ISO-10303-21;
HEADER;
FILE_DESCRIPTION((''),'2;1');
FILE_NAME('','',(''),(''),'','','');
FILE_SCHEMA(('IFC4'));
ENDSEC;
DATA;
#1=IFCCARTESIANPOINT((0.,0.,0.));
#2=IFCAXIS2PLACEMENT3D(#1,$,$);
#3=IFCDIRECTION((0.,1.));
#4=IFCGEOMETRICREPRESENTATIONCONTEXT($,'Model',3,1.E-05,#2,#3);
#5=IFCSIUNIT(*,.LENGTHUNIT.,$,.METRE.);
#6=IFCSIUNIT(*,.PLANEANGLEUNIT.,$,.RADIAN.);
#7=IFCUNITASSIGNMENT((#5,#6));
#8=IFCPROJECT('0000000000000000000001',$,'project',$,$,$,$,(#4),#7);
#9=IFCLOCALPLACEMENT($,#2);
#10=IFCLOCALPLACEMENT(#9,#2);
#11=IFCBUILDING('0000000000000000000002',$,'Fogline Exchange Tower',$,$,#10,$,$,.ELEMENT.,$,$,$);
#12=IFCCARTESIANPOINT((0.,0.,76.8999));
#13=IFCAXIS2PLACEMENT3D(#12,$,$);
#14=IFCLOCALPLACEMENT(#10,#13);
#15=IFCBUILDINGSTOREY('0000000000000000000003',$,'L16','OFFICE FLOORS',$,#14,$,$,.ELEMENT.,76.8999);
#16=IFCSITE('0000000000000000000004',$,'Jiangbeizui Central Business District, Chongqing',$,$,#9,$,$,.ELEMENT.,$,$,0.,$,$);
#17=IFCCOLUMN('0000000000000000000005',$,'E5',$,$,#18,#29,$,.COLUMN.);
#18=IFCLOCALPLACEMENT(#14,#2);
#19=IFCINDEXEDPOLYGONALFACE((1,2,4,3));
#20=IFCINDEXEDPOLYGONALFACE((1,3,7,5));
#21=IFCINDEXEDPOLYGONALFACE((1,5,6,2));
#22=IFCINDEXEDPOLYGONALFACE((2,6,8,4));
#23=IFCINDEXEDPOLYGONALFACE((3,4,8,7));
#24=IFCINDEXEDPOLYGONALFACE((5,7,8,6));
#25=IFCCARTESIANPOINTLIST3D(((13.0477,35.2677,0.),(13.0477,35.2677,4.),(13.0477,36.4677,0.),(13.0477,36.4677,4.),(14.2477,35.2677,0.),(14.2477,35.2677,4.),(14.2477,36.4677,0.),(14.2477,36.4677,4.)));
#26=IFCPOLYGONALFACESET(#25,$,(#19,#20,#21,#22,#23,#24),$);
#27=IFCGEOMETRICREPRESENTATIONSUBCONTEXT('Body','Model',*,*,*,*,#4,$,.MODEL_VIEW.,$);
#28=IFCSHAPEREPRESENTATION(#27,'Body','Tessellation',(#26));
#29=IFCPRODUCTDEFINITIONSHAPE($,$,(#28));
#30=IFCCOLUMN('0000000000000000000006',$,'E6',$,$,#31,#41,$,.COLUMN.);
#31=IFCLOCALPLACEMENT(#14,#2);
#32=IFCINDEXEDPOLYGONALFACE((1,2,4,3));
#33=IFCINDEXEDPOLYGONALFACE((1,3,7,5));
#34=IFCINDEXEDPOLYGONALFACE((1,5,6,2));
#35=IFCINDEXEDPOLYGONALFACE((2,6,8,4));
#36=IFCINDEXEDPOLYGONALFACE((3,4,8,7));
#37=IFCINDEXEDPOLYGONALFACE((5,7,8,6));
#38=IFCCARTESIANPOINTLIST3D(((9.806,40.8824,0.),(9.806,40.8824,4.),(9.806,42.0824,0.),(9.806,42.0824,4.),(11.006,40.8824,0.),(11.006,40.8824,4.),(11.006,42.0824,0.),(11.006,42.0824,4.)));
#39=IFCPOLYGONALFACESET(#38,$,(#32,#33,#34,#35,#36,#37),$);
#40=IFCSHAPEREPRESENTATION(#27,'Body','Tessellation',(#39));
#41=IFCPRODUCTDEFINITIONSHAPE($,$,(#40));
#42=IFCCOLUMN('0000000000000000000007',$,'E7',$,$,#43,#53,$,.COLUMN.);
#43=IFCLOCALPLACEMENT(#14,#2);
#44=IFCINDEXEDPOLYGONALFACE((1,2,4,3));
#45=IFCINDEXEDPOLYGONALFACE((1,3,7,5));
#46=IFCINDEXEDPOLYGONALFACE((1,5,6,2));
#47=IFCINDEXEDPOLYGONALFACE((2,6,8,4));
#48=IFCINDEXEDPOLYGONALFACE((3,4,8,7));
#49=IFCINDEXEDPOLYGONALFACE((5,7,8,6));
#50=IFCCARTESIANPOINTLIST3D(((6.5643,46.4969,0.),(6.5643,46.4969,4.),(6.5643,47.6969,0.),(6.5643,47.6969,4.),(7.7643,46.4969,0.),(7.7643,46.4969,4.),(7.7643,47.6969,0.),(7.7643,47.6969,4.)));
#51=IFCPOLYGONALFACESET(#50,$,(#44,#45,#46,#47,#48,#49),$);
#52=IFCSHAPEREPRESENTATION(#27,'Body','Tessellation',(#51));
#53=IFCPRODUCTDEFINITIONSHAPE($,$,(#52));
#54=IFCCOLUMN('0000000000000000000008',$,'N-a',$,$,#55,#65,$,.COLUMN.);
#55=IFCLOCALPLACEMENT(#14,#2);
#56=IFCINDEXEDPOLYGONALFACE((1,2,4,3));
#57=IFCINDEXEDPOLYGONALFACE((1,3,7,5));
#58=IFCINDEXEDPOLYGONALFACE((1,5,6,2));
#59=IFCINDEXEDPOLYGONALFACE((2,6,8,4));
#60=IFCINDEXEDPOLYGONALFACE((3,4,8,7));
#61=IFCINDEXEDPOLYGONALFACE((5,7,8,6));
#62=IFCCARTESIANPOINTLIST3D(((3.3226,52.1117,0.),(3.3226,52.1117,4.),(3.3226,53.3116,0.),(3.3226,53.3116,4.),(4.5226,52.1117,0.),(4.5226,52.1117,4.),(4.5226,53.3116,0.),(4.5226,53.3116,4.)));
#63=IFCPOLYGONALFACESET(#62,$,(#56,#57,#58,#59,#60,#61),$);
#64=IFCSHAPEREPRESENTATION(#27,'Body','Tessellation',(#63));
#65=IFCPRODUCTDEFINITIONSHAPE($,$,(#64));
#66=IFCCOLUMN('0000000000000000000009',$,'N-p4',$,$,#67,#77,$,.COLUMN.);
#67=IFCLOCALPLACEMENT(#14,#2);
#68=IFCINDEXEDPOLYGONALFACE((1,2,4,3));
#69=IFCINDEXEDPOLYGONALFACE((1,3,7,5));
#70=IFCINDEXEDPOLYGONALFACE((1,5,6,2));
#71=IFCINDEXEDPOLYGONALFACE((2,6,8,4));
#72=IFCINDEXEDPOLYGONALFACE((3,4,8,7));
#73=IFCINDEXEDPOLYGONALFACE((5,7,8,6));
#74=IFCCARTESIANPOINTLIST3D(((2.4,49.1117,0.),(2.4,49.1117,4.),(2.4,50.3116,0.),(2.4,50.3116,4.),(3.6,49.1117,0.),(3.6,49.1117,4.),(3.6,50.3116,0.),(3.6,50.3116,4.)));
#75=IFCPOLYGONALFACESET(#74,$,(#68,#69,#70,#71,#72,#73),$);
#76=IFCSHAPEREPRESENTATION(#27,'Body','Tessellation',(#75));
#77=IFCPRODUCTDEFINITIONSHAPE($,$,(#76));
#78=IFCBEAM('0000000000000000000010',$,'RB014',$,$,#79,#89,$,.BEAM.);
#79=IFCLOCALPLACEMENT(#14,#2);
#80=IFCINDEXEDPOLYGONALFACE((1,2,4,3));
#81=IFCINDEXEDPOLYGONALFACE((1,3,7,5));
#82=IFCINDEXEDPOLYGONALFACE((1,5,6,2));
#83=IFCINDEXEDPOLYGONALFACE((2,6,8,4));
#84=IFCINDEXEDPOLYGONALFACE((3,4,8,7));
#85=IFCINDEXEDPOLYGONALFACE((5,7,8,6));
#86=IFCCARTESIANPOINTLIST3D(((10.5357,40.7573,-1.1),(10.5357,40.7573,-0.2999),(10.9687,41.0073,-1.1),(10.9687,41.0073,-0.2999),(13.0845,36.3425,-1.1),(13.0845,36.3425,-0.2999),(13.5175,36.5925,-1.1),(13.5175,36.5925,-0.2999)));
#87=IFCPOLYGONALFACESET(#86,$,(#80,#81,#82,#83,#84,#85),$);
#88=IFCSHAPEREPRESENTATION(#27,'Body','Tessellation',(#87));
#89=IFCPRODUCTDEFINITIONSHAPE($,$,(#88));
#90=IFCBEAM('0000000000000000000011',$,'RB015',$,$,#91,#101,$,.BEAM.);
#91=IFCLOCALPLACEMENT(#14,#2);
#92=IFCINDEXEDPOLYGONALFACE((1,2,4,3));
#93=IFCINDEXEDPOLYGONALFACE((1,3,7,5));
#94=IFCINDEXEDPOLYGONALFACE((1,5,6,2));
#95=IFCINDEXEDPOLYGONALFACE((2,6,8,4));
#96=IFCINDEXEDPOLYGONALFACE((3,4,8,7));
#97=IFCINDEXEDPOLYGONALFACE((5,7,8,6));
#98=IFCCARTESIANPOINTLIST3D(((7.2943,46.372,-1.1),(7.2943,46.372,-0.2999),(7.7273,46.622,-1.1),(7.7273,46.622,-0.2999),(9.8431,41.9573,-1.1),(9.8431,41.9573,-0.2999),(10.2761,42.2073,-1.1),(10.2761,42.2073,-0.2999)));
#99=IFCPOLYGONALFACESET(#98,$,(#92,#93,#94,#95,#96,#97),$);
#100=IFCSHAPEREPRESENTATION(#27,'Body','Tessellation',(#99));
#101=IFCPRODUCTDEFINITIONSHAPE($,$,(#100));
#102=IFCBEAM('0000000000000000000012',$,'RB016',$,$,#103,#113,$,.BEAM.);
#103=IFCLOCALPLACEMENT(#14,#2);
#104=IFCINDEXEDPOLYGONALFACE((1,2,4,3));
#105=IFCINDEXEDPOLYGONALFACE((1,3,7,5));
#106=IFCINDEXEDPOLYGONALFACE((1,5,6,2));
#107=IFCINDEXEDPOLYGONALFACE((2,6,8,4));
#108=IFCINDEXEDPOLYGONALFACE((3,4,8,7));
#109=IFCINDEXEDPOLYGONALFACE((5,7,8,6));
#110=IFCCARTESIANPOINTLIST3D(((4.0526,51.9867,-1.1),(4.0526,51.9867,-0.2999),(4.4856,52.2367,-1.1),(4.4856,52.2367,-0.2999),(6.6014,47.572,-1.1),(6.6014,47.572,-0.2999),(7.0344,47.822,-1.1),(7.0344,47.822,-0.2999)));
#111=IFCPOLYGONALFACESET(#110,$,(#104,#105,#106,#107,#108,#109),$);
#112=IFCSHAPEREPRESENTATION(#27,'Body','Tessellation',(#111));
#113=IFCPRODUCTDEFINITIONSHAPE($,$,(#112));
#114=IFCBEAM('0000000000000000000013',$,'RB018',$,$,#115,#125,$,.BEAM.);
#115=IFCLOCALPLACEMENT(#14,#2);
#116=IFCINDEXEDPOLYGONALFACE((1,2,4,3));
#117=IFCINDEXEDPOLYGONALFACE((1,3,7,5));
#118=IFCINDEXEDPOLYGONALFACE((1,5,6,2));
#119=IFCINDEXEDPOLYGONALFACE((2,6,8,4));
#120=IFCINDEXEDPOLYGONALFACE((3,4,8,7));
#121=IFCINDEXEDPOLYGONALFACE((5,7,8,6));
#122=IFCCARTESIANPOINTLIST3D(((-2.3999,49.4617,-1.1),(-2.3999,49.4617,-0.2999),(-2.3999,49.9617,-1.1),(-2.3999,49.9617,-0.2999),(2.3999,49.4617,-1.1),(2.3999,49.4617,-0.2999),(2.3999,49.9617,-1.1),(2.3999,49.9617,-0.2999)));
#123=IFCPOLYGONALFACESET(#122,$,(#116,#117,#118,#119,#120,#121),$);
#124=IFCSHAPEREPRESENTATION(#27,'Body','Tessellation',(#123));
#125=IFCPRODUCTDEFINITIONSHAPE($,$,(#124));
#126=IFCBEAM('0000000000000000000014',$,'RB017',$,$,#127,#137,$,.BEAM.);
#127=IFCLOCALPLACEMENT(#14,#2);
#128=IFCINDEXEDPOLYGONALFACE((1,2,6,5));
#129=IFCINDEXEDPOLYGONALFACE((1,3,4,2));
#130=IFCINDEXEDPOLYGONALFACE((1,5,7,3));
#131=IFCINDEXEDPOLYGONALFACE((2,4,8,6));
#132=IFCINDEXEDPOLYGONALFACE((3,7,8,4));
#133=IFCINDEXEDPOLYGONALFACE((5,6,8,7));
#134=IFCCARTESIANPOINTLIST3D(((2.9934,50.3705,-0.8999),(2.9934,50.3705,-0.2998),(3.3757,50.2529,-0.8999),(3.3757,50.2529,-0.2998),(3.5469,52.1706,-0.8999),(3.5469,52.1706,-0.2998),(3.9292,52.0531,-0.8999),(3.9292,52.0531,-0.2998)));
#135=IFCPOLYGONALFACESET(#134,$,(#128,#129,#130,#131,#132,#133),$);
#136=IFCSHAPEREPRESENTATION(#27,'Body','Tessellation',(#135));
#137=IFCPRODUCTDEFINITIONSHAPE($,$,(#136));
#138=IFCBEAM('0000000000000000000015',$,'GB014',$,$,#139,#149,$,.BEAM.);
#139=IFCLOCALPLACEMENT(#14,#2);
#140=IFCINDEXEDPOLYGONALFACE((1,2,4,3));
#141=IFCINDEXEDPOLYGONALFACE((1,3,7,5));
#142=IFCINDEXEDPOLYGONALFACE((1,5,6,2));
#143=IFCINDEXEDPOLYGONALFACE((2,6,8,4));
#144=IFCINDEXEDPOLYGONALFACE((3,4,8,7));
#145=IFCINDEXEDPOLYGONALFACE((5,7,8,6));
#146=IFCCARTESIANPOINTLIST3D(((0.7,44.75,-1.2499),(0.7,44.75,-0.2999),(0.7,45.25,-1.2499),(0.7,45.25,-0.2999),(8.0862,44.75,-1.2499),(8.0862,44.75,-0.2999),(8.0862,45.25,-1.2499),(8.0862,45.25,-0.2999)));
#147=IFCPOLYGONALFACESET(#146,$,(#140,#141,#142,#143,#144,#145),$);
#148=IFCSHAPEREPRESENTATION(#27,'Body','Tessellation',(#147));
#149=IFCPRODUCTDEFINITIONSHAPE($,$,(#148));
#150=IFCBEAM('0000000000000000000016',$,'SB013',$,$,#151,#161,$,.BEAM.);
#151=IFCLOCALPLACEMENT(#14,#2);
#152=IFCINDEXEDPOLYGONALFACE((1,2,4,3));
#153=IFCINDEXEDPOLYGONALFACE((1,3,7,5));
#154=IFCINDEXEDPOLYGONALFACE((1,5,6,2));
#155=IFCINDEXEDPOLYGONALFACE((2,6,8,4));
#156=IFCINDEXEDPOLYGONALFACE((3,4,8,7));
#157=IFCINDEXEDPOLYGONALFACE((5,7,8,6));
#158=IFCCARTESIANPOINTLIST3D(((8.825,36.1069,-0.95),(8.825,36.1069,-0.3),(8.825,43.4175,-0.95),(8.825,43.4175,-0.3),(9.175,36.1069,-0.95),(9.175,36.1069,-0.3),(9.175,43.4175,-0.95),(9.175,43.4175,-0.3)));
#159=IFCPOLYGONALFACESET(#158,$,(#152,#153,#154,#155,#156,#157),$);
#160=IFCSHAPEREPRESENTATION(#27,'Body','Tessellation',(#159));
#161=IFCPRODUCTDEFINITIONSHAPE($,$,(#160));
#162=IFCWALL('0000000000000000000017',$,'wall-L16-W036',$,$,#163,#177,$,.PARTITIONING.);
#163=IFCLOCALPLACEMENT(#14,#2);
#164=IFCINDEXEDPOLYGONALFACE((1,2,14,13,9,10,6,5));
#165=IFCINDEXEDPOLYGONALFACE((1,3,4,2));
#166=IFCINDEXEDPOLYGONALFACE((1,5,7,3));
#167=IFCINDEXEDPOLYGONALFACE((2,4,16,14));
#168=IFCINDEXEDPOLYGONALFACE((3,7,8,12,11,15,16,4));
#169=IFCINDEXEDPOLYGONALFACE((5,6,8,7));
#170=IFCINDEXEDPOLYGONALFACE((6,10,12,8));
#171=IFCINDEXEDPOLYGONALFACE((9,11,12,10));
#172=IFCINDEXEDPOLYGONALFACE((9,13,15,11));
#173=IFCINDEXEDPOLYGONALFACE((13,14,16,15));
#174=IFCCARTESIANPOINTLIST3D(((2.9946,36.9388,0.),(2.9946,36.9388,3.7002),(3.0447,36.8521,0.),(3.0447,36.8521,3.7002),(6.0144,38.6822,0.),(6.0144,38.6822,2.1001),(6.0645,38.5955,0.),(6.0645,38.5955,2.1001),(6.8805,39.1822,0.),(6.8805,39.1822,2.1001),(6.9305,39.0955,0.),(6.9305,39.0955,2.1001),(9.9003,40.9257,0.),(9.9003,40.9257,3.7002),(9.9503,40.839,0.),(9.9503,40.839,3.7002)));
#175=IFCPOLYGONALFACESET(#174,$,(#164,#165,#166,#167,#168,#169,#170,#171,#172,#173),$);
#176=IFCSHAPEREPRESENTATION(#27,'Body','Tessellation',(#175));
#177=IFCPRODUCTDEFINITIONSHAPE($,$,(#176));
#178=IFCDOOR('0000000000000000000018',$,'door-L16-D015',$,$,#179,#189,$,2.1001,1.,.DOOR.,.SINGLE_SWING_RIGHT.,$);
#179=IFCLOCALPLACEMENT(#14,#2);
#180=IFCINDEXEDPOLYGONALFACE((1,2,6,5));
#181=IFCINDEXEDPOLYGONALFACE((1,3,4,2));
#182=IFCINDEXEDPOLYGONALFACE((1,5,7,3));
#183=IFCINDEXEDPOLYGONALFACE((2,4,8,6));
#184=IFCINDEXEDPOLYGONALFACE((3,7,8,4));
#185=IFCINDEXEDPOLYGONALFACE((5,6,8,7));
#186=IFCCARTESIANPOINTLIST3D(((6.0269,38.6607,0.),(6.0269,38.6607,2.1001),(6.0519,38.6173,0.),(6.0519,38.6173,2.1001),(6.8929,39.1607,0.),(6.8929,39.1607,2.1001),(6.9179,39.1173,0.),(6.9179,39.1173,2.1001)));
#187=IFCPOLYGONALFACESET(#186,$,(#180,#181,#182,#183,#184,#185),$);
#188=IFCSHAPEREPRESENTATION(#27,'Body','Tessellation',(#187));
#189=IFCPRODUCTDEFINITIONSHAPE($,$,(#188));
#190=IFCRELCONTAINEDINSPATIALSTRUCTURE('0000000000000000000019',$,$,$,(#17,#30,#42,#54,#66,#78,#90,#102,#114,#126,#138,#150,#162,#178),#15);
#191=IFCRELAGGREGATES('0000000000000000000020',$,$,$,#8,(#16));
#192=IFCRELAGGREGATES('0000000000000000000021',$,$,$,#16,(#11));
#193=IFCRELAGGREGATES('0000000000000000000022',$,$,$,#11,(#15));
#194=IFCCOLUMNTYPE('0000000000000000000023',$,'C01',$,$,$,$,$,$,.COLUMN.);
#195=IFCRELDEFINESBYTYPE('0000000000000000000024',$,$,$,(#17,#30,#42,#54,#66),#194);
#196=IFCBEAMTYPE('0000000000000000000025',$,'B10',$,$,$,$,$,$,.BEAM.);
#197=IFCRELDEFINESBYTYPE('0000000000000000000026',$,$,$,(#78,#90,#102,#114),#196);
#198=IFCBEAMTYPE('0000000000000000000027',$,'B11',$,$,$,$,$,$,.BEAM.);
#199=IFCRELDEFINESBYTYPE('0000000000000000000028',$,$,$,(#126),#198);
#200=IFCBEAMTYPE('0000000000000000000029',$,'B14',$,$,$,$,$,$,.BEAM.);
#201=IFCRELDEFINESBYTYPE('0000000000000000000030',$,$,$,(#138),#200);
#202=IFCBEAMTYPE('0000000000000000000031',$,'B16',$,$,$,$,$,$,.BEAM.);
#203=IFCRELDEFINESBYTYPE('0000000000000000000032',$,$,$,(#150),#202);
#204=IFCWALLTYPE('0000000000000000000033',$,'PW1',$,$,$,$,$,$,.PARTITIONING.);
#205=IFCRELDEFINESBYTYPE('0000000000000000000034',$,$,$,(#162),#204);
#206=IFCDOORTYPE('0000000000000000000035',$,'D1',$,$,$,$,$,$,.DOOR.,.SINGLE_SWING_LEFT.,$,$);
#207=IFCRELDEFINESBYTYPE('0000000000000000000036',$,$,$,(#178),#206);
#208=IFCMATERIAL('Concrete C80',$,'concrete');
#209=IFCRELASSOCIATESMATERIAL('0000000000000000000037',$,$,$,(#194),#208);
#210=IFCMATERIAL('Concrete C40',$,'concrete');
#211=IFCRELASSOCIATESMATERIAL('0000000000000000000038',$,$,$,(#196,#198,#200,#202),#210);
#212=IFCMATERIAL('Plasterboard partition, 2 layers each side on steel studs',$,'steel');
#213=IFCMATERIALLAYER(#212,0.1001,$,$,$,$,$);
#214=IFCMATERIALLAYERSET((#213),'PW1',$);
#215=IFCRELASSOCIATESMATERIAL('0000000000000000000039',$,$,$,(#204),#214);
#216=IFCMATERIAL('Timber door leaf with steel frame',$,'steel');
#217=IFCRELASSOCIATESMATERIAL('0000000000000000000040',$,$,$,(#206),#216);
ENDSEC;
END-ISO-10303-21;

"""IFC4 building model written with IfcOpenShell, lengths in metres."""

from ifc_helpers import new_model, si_unit, direction, frame, frame_2d, origin, origin_2d, place, context, subcontext, project, spatial, rectangle, extrude, material, layer, layer_set, material_profile, profile_set, type_object, element, fill, save


model = new_model("IFC4")

# Units and contexts
model_context = context("Model", 3, precision=1e-05, world=origin(), true_north=direction((0.0, 1.0)))
body_context = subcontext(model_context, "Body", "Model", "MODEL_VIEW")
ifc_project = project(units=[si_unit("LENGTHUNIT", "METRE"), si_unit("PLANEANGLEUNIT", "RADIAN")], contexts=[model_context])

# Site, building, storey
site_placement = place(None, origin())
site = spatial("IfcSite", under=ifc_project, at=site_placement, Name="Jiangbeizui Central Business District, Chongqing", CompositionType="ELEMENT", RefElevation=0.0)
building_placement = place(site_placement, origin())
building = spatial("IfcBuilding", under=site, at=building_placement, Name="Fogline Exchange Tower", CompositionType="ELEMENT")
storey_placement = place(building_placement, frame((0.0, 0.0, 76.8999)))
storey = spatial("IfcBuildingStorey", under=building, at=storey_placement, Name="L16", Description="OFFICE FLOORS", CompositionType="ELEMENT", Elevation=76.8999)

# Columns
ifc_material_1 = material(Name="Concrete C80", Category="concrete")
ifc_material_profile_1 = material_profile(ifc_material_1, rectangle(XDim=1.2, YDim=1.2, at=origin_2d()), Name="RC 1200x1200")
ifc_profile_set_1 = profile_set([ifc_material_profile_1], Name="Concrete C80")
column_type = type_object("IfcColumnType", Name="C01", PredefinedType="COLUMN", material=ifc_profile_set_1)
for number, where, z_axis, x_axis, name in (
    (1, (13.6477, 35.8677, 0.0), (0.0, 0.0, 1.0), (1.0, 0.0, 0.0), "E5"),
    (2, (10.406, 41.4824, 0.0), (0.0, 0.0, 1.0), (1.0, 0.0, 0.0), "E6"),
    (3, (7.1643, 47.0969, 0.0), (0.0, 0.0, 1.0), (1.0, 0.0, 0.0), "E7"),
    (4, (3.9226, 52.7117, 0.0), (0.0, 0.0, 1.0), (1.0, 0.0, 0.0), "N-a"),
    (5, (3.0, 49.7117, 0.0), (0.0, 0.0, 1.0), (1.0, 0.0, 0.0), "N-p4"),
):
    element("IfcColumn", number, at=place(storey_placement, frame(where, z_axis=z_axis, x_axis=x_axis)), inside=storey, type_object=column_type, Name=name, PredefinedType="COLUMN", context=body_context, shape_type="SweptSolid", body=[
        extrude(rectangle(XDim=1.2, YDim=1.2, at=origin_2d()), origin(), (0.0, 0.0, 1.0), 4.0),
    ])

# Beams
ifc_material_2 = material(Name="Concrete C40", Category="concrete")
ifc_material_profile_2 = material_profile(ifc_material_2, rectangle(XDim=0.5, YDim=0.8, at=origin_2d()), Name="RC 500x800")
ifc_profile_set_2 = profile_set([ifc_material_profile_2], Name="Concrete C40")
beam_type_1 = type_object("IfcBeamType", Name="B10", PredefinedType="BEAM", material=ifc_profile_set_2)
for number, where, z_axis, x_axis, name in (
    (6, (13.301, 36.4675, -0.7), (-0.499992, 0.86603, 0.0), (-0.86603, -0.499992, 0.0), "RB014"),
    (7, (10.0596, 42.0823, -0.7), (-0.499992, 0.86603, 0.0), (-0.86603, -0.499992, 0.0), "RB015"),
    (8, (6.8179, 47.697, -0.7), (-0.499992, 0.86603, 0.0), (-0.86603, -0.499992, 0.0), "RB016"),
):
    element("IfcBeam", number, at=place(storey_placement, frame(where, z_axis=z_axis, x_axis=x_axis)), inside=storey, type_object=beam_type_1, Name=name, PredefinedType="BEAM", context=body_context, shape_type="SweptSolid", body=[
        extrude(rectangle(XDim=0.5, YDim=0.8, at=origin_2d()), origin(), (0.0, 0.0, 1.0), 5.0977),
    ])
beam_1_placement = place(storey_placement, frame((2.3999, 49.7117, -0.7), z_axis=(-1.0, 0.0, 0.0), x_axis=(0.0, -1.0, 0.0)))
element("IfcBeam", 9, at=beam_1_placement, inside=storey, type_object=beam_type_1, Name="RB018", PredefinedType="BEAM", context=body_context, shape_type="SweptSolid", body=[
    extrude(rectangle(XDim=0.5, YDim=0.8, at=origin_2d()), origin(), (0.0, 0.0, 1.0), 4.7998),
])
ifc_material_profile_3 = material_profile(ifc_material_2, rectangle(XDim=0.3999, YDim=0.6001, at=origin_2d()), Name="RC 400x600")
ifc_profile_set_3 = profile_set([ifc_material_profile_3], Name="Concrete C40")
beam_type_2 = type_object("IfcBeamType", Name="B11", PredefinedType="BEAM", material=ifc_profile_set_3)
beam_2_placement = place(storey_placement, frame((3.738, 52.1118, -0.5999), z_axis=(-0.293895, -0.955838, 0.0), x_axis=(0.955838, -0.293895, 0.0)))
element("IfcBeam", 10, at=beam_2_placement, inside=storey, type_object=beam_type_2, Name="RB017", PredefinedType="BEAM", context=body_context, shape_type="SweptSolid", body=[
    extrude(rectangle(XDim=0.3999, YDim=0.6001, at=origin_2d()), origin(), (0.0, 0.0, 1.0), 1.8833),
])
ifc_material_profile_4 = material_profile(ifc_material_2, rectangle(XDim=0.5, YDim=0.95, at=origin_2d()), Name="RC 500x950")
ifc_profile_set_4 = profile_set([ifc_material_profile_4], Name="Concrete C40")
beam_type_3 = type_object("IfcBeamType", Name="B14", PredefinedType="BEAM", material=ifc_profile_set_4)
beam_3_placement = place(storey_placement, frame((0.7, 45.0, -0.7749), z_axis=(1.0, 0.0, 0.0), x_axis=(0.0, 1.0, 0.0)))
element("IfcBeam", 11, at=beam_3_placement, inside=storey, type_object=beam_type_3, Name="GB014", PredefinedType="BEAM", context=body_context, shape_type="SweptSolid", body=[
    extrude(rectangle(XDim=0.5, YDim=0.95, at=origin_2d()), origin(), (0.0, 0.0, 1.0), 7.3862),
])
ifc_material_profile_5 = material_profile(ifc_material_2, rectangle(XDim=0.3501, YDim=0.6499, at=origin_2d()), Name="RC 350x650")
ifc_profile_set_5 = profile_set([ifc_material_profile_5], Name="Concrete C40")
beam_type_4 = type_object("IfcBeamType", Name="B16", PredefinedType="BEAM", material=ifc_profile_set_5)
beam_4_placement = place(storey_placement, frame((9.0, 36.1069, -0.625), z_axis=(0.0, 1.0, 0.0), x_axis=(-1.0, 0.0, 0.0)))
element("IfcBeam", 12, at=beam_4_placement, inside=storey, type_object=beam_type_4, Name="SB013", PredefinedType="BEAM", context=body_context, shape_type="SweptSolid", body=[
    extrude(rectangle(XDim=0.3501, YDim=0.6499, at=origin_2d()), origin(), (0.0, 0.0, 1.0), 7.3105),
])

# Wall, opening, door
ifc_material_3 = material(Name="Plasterboard partition, 2 layers each side on steel studs", Category="steel")
ifc_layer_1 = layer(ifc_material_3, 0.1001)
ifc_layer_set_1 = layer_set([ifc_layer_1], Name="PW1")
wall_type_1 = type_object("IfcWallType", Name="PW1", PredefinedType="PARTITIONING", material=ifc_layer_set_1)
wall_1_placement = place(storey_placement, frame((3.0198, 36.8955, 0.0), z_axis=(0.0, 0.0, 1.0), x_axis=(0.86603, 0.499992, 0.0)))
wall_1 = element("IfcWall", 13, at=wall_1_placement, inside=storey, type_object=wall_type_1, Name="wall-L16-W036", PredefinedType="PARTITIONING", context=body_context, shape_type="SweptSolid", body=[
    extrude(rectangle(XDim=7.9739, YDim=0.1001, at=frame_2d((3.9868, 0.0))), origin(), (0.0, 0.0, 1.0), 3.7002),
])
opening_1_placement = place(wall_1_placement, frame((3.4868, 0.0, 0.0)))
opening_1 = element("IfcOpeningElement", 14, at=opening_1_placement, cuts=wall_1, PredefinedType="OPENING", context=body_context, shape_type="SweptSolid", body=[
    extrude(rectangle(XDim=1.0, YDim=2.1001, at=frame_2d((0.5, 1.05))), frame((0.0, 0.0601, 0.0), z_axis=(0.0, -1.0, 0.0), x_axis=(1.0, 0.0, 0.0)), (0.0, 0.0, 1.0), 0.1201),
])
ifc_material_4 = material(Name="Timber door leaf with steel frame", Category="steel")
door_type_1 = type_object("IfcDoorType", Name="D1", OperationType="SINGLE_SWING_LEFT", PredefinedType="DOOR", material=ifc_material_4)
door_1_placement = place(opening_1_placement, frame((1.0, 0.0, 0.0), z_axis=(0.0, 0.0, 1.0), x_axis=(-1.0, 0.0, 0.0)))
door_1 = element("IfcDoor", 15, at=door_1_placement, inside=storey, type_object=door_type_1, Name="door-L16-D015", OperationType="SINGLE_SWING_RIGHT", OverallHeight=2.1001, OverallWidth=1.0, PredefinedType="DOOR", context=body_context, shape_type="SweptSolid", body=[
    extrude(rectangle(XDim=1.0, YDim=2.1001, at=frame_2d((0.5, 1.05))), frame((0.0, 0.0249, 0.0), z_axis=(0.0, -1.0, 0.0), x_axis=(1.0, 0.0, 0.0)), (0.0, 0.0, 1.0), 0.05),
])
fill(opening_1, door_1)

save(model, "model.ifc")
